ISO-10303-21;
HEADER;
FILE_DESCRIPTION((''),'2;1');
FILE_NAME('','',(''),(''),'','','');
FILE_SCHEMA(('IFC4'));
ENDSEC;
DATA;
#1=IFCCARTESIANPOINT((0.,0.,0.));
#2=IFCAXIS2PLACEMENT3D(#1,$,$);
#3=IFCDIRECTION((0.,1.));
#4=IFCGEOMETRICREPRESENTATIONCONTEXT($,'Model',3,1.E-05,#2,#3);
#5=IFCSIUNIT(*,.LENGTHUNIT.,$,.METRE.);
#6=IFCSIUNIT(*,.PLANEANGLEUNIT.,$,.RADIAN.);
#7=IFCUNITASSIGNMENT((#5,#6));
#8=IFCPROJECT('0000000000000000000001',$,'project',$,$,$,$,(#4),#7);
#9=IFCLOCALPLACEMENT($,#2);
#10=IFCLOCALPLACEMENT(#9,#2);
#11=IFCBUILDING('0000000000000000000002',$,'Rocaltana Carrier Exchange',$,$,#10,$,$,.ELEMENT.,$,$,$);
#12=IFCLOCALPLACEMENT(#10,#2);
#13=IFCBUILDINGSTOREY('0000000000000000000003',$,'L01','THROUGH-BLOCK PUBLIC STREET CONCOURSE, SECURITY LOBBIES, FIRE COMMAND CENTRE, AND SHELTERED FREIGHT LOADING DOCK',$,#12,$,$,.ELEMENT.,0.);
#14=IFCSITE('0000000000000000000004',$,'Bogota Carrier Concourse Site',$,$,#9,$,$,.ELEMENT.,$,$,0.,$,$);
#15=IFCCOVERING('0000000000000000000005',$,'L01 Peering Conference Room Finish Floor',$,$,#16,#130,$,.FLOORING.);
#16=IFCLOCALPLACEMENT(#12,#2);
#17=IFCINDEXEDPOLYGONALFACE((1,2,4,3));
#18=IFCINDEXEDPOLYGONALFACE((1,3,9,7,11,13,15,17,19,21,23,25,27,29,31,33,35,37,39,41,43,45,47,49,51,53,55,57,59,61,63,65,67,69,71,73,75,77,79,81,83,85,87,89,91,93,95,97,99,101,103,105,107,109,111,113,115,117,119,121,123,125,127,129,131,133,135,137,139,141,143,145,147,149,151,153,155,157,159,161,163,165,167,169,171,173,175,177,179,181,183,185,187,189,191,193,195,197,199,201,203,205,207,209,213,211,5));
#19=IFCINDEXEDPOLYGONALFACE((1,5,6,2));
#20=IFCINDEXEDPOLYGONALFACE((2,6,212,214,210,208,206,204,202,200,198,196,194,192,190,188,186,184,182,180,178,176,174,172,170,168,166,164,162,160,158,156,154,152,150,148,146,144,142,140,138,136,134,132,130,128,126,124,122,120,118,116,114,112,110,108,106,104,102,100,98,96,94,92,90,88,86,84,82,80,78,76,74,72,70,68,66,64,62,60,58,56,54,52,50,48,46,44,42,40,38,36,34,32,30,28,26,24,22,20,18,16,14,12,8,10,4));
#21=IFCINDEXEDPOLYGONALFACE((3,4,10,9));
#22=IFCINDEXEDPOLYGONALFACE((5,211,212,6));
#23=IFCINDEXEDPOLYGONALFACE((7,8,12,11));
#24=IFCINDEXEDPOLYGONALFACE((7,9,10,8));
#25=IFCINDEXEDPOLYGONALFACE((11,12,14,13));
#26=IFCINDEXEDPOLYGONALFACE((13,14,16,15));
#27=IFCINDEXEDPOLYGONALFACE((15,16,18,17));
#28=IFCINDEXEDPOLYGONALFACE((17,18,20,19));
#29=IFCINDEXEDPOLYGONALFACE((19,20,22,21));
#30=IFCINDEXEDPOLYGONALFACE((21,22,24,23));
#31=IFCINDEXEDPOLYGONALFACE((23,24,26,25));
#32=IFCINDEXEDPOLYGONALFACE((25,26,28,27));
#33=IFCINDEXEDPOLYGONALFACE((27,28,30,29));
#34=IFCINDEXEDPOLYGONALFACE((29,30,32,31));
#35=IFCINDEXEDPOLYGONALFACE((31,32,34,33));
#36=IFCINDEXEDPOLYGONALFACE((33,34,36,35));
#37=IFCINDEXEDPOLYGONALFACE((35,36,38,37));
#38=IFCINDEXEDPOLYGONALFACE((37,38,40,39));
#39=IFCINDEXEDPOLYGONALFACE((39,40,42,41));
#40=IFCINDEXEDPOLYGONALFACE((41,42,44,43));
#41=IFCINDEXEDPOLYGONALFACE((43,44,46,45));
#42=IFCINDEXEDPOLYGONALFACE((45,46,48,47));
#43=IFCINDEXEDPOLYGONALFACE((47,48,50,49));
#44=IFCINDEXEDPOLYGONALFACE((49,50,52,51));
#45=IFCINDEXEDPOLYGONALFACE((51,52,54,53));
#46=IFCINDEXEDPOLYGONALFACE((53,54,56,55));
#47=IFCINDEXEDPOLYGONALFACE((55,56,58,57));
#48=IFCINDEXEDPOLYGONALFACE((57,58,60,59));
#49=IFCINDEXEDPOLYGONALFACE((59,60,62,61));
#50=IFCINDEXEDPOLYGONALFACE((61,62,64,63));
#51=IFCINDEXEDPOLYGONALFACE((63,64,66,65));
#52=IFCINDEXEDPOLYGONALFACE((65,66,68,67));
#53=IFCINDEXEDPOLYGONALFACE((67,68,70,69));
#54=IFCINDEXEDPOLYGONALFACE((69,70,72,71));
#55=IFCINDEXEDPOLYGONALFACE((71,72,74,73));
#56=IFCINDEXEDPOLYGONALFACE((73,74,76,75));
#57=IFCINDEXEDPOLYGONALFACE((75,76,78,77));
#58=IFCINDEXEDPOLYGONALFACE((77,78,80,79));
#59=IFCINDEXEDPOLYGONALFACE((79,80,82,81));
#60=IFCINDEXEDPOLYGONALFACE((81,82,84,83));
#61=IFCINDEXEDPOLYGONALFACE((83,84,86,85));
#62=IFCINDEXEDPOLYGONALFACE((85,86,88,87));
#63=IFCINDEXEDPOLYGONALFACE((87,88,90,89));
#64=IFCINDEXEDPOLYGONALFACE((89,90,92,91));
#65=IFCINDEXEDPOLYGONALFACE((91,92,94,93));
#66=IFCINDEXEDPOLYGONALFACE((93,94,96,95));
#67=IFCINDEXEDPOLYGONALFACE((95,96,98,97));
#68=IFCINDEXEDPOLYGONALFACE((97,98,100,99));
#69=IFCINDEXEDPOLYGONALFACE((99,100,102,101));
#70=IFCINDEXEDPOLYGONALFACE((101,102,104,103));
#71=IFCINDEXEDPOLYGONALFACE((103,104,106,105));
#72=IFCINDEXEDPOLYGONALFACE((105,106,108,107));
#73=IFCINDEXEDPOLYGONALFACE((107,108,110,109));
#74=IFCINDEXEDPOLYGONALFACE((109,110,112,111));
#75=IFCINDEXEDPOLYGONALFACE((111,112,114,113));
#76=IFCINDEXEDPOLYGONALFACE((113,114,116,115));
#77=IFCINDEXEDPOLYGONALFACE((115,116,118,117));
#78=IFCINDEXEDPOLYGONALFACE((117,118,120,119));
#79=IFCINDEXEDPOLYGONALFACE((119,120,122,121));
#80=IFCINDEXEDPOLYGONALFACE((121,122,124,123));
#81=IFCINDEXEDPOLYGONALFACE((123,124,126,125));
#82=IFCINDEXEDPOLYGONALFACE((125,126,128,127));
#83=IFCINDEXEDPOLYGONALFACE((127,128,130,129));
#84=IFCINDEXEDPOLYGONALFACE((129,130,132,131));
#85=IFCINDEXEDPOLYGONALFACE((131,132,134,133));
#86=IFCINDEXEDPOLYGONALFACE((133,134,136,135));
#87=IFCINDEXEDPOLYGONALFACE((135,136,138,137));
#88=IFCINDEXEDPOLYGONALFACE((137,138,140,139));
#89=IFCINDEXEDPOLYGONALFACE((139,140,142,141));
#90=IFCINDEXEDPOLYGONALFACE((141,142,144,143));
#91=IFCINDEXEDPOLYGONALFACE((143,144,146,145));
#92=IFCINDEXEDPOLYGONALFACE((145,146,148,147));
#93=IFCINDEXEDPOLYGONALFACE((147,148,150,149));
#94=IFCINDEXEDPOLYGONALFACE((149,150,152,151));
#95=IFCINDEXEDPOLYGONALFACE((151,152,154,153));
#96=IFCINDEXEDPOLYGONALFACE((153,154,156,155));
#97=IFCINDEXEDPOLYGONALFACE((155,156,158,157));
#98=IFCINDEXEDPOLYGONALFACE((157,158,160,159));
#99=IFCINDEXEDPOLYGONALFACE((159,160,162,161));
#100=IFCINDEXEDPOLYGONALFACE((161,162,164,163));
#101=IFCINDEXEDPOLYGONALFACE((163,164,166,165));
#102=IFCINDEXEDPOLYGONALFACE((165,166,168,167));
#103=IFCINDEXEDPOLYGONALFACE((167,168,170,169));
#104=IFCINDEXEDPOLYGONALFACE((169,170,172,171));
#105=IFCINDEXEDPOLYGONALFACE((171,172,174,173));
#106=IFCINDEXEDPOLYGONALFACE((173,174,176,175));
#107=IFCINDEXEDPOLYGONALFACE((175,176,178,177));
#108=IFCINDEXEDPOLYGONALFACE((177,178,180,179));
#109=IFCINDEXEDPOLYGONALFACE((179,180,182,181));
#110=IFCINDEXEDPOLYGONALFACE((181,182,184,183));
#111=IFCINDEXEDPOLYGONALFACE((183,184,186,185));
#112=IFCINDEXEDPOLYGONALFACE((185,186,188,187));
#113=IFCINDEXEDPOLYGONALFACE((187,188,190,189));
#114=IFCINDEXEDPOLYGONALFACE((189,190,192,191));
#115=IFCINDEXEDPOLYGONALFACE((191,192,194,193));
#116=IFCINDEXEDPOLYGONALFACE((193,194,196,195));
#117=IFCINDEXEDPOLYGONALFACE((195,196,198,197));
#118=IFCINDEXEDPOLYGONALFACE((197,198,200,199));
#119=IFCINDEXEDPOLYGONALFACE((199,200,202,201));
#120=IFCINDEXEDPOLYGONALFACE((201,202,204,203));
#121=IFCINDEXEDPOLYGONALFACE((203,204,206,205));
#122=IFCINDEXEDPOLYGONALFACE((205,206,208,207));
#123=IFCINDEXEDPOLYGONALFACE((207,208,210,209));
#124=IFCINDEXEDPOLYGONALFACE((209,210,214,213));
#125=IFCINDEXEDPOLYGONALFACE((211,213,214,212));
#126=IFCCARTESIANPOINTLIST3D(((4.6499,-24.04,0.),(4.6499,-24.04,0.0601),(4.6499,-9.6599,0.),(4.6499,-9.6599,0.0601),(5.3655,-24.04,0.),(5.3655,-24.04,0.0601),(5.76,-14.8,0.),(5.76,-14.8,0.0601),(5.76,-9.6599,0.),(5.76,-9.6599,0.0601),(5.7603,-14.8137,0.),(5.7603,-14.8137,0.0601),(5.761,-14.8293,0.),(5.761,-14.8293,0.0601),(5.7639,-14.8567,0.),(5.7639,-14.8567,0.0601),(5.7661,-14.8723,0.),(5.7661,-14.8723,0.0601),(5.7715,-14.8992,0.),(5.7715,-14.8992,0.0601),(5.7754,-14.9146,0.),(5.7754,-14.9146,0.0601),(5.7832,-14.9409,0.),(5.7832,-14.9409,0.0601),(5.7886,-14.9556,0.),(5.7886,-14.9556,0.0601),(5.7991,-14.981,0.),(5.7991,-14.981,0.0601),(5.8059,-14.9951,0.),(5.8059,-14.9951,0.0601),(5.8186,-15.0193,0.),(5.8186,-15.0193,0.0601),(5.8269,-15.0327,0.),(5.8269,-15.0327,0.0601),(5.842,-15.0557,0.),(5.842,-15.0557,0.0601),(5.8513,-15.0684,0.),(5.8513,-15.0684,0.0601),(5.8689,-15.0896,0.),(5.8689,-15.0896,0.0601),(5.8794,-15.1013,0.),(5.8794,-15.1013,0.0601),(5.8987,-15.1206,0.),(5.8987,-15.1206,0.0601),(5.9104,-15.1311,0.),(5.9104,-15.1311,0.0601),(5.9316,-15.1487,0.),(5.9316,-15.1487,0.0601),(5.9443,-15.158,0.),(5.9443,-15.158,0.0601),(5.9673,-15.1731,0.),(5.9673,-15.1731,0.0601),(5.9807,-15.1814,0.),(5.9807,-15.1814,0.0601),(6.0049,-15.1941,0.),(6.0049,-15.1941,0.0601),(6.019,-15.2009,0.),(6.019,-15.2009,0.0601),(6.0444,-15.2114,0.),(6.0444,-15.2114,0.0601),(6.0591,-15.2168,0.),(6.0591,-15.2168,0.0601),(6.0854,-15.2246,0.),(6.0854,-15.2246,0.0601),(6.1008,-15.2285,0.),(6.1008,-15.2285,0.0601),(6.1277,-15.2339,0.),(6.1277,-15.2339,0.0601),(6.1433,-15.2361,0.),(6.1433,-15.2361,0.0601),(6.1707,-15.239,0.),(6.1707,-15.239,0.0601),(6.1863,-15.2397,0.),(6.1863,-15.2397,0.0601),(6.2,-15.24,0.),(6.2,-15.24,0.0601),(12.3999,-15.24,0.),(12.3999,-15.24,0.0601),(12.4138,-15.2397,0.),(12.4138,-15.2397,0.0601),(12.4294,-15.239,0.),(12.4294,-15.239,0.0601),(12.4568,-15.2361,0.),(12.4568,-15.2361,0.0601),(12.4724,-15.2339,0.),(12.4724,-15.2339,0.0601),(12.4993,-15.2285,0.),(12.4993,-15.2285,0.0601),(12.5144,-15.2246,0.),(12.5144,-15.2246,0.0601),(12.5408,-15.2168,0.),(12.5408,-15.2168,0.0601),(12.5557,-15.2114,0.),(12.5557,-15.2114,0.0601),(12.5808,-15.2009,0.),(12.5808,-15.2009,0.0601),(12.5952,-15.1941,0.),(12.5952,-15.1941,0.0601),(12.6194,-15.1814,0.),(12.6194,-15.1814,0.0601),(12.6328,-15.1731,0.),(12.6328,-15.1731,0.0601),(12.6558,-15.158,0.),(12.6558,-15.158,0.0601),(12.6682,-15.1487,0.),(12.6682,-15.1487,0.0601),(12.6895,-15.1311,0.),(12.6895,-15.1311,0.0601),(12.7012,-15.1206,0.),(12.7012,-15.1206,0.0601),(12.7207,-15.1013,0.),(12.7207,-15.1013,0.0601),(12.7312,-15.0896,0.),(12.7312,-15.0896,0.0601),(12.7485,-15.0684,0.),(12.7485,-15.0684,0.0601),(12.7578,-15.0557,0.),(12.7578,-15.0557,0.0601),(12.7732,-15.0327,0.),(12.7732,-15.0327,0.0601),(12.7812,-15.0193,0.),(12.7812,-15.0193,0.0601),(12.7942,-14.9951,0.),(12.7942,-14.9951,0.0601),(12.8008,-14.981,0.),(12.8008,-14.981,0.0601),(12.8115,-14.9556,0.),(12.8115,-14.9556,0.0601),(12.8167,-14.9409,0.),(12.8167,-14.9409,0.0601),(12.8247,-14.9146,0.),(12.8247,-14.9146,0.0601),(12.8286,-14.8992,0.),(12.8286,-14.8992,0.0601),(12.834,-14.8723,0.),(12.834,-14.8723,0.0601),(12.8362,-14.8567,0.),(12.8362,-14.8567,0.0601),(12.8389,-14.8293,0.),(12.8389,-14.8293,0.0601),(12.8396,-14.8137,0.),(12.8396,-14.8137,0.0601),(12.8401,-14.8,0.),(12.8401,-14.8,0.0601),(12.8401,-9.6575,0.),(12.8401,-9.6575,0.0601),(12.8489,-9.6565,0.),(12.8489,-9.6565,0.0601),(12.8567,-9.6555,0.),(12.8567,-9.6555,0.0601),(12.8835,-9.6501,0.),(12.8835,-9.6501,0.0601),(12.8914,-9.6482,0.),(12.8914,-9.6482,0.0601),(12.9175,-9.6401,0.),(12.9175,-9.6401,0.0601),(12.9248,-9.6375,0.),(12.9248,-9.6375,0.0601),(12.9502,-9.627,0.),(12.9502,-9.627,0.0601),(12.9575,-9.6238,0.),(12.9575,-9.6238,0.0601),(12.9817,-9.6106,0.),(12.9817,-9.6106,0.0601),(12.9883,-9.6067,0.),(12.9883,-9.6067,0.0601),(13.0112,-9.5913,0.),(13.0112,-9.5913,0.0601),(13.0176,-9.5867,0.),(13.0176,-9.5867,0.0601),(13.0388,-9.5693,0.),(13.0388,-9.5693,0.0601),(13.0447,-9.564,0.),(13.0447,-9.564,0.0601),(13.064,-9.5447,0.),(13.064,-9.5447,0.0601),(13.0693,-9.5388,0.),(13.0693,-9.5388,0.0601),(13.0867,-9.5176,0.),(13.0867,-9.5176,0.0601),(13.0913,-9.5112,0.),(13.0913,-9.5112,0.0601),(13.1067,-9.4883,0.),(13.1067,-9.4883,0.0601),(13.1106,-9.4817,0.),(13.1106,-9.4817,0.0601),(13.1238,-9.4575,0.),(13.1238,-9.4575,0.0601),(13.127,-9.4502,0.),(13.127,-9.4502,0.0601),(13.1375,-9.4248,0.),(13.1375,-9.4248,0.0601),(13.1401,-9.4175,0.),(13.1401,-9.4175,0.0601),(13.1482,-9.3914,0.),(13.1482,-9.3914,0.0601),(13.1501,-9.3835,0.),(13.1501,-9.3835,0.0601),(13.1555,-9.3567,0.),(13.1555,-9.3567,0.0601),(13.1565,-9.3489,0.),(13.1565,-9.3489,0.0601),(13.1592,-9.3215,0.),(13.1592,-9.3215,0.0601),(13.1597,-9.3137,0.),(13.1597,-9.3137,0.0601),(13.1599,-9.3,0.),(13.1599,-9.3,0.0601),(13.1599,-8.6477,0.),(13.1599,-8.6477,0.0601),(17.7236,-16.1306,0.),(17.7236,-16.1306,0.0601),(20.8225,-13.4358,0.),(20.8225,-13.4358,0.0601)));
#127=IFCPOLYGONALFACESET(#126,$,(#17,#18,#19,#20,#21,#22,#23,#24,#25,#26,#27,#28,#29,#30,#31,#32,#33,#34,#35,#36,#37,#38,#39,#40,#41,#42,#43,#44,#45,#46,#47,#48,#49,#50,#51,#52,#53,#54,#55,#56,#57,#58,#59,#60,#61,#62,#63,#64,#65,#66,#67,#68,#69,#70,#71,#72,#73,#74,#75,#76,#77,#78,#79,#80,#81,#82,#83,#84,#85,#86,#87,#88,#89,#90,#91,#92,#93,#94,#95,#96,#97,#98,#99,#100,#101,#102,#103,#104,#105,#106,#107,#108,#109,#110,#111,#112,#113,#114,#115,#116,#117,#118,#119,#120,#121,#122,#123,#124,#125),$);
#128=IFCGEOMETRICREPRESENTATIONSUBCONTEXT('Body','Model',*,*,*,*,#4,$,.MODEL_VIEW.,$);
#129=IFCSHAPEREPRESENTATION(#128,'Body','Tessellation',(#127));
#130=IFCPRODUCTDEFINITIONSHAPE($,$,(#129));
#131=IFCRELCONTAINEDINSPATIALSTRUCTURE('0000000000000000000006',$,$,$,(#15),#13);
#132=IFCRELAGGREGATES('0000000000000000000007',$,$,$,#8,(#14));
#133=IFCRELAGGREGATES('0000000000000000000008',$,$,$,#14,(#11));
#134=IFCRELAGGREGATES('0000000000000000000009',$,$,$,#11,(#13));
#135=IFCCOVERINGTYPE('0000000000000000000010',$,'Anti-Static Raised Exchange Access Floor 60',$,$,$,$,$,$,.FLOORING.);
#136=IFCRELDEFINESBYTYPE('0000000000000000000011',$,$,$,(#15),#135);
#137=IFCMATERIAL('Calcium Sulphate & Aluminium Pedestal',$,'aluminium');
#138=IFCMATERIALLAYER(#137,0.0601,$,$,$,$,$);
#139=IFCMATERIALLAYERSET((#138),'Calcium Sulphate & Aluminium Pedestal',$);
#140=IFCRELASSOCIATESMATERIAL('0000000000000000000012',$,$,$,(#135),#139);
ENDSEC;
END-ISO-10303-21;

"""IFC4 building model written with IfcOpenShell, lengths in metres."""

from ifc_helpers import new_model, si_unit, direction, origin, place, context, subcontext, project, spatial, polyline, outline, extrude, material, layer, layer_set, type_object, element, save


model = new_model("IFC4")

# Units and contexts
model_context = context("Model", 3, precision=1e-05, world=origin(), true_north=direction((0.0, 1.0)))
body_context = subcontext(model_context, "Body", "Model", "MODEL_VIEW")
ifc_project = project(units=[si_unit("LENGTHUNIT", "METRE"), si_unit("PLANEANGLEUNIT", "RADIAN")], contexts=[model_context])

# Site, building, storey
site_placement = place(None, origin())
site = spatial("IfcSite", under=ifc_project, at=site_placement, Name="Bogota Carrier Concourse Site", CompositionType="ELEMENT", RefElevation=0.0)
building_placement = place(site_placement, origin())
building = spatial("IfcBuilding", under=site, at=building_placement, Name="Rocaltana Carrier Exchange", CompositionType="ELEMENT")
storey_placement = place(building_placement, origin())
storey = spatial("IfcBuildingStorey", under=building, at=storey_placement, Name="L01", Description="THROUGH-BLOCK PUBLIC STREET CONCOURSE, SECURITY LOBBIES, FIRE COMMAND CENTRE, AND SHELTERED FREIGHT LOADING DOCK", CompositionType="ELEMENT", Elevation=0.0)

# Covering
ifc_material_1 = material(Name="Calcium Sulphate & Aluminium Pedestal", Category="aluminium")
ifc_layer_1 = layer(ifc_material_1, 0.0601)
ifc_layer_set_1 = layer_set([ifc_layer_1], Name="Calcium Sulphate & Aluminium Pedestal")
covering_type_1 = type_object("IfcCoveringType", Name="Anti-Static Raised Exchange Access Floor 60", PredefinedType="FLOORING", material=ifc_layer_set_1)
covering_1_placement = place(storey_placement, origin())
element("IfcCovering", 1, at=covering_1_placement, inside=storey, type_object=covering_type_1, Name="L01 Peering Conference Room Finish Floor", PredefinedType="FLOORING", context=body_context, shape_type="SweptSolid", body=[
    extrude(outline(polyline([(12.8401, -9.6575), (12.8489, -9.6565), (12.8567, -9.6555), (12.8835, -9.6501), (12.8914, -9.6482), (12.9175, -9.6401), (12.9248, -9.6375), (12.9502, -9.627), (12.9575, -9.6238), (12.9817, -9.6106), (12.9883, -9.6067), (13.0112, -9.5913), (13.0176, -9.5867), (13.0388, -9.5693), (13.0447, -9.564), (13.064, -9.5447), (13.0693, -9.5388), (13.0867, -9.5176), (13.0913, -9.5112), (13.1067, -9.4883), (13.1106, -9.4817), (13.1238, -9.4575), (13.127, -9.4502), (13.1375, -9.4248), (13.1401, -9.4175), (13.1482, -9.3914), (13.1501, -9.3835), (13.1555, -9.3567), (13.1565, -9.3489), (13.1592, -9.3215), (13.1597, -9.3137), (13.1599, -9.3), (13.1599, -8.6477), (20.8225, -13.4358), (17.7236, -16.1306), (5.3655, -24.04), (4.6499, -24.04), (4.6499, -9.6599), (5.76, -9.6599), (5.76, -14.8), (5.7603, -14.8137), (5.761, -14.8293), (5.7639, -14.8567), (5.7661, -14.8723), (5.7715, -14.8992), (5.7754, -14.9146), (5.7832, -14.9409), (5.7886, -14.9556), (5.7991, -14.981), (5.8059, -14.9951), (5.8186, -15.0193), (5.8269, -15.0327), (5.842, -15.0557), (5.8513, -15.0684), (5.8689, -15.0896), (5.8794, -15.1013), (5.8987, -15.1206), (5.9104, -15.1311), (5.9316, -15.1487), (5.9443, -15.158), (5.9673, -15.1731), (5.9807, -15.1814), (6.0049, -15.1941), (6.019, -15.2009), (6.0444, -15.2114), (6.0591, -15.2168), (6.0854, -15.2246), (6.1008, -15.2285), (6.1277, -15.2339), (6.1433, -15.2361), (6.1707, -15.239), (6.1863, -15.2397), (6.2, -15.24), (12.3999, -15.24), (12.4138, -15.2397), (12.4294, -15.239), (12.4568, -15.2361), (12.4724, -15.2339), (12.4993, -15.2285), (12.5144, -15.2246), (12.5408, -15.2168), (12.5557, -15.2114), (12.5808, -15.2009), (12.5952, -15.1941), (12.6194, -15.1814), (12.6328, -15.1731), (12.6558, -15.158), (12.6682, -15.1487), (12.6895, -15.1311), (12.7012, -15.1206), (12.7207, -15.1013), (12.7312, -15.0896), (12.7485, -15.0684), (12.7578, -15.0557), (12.7732, -15.0327), (12.7812, -15.0193), (12.7942, -14.9951), (12.8008, -14.981), (12.8115, -14.9556), (12.8167, -14.9409), (12.8247, -14.9146), (12.8286, -14.8992), (12.834, -14.8723), (12.8362, -14.8567), (12.8389, -14.8293), (12.8396, -14.8137), (12.8401, -14.8), (12.8401, -9.6575)])), origin(), (0.0, 0.0, 1.0), 0.0601),
])

save(model, "model.ifc")
